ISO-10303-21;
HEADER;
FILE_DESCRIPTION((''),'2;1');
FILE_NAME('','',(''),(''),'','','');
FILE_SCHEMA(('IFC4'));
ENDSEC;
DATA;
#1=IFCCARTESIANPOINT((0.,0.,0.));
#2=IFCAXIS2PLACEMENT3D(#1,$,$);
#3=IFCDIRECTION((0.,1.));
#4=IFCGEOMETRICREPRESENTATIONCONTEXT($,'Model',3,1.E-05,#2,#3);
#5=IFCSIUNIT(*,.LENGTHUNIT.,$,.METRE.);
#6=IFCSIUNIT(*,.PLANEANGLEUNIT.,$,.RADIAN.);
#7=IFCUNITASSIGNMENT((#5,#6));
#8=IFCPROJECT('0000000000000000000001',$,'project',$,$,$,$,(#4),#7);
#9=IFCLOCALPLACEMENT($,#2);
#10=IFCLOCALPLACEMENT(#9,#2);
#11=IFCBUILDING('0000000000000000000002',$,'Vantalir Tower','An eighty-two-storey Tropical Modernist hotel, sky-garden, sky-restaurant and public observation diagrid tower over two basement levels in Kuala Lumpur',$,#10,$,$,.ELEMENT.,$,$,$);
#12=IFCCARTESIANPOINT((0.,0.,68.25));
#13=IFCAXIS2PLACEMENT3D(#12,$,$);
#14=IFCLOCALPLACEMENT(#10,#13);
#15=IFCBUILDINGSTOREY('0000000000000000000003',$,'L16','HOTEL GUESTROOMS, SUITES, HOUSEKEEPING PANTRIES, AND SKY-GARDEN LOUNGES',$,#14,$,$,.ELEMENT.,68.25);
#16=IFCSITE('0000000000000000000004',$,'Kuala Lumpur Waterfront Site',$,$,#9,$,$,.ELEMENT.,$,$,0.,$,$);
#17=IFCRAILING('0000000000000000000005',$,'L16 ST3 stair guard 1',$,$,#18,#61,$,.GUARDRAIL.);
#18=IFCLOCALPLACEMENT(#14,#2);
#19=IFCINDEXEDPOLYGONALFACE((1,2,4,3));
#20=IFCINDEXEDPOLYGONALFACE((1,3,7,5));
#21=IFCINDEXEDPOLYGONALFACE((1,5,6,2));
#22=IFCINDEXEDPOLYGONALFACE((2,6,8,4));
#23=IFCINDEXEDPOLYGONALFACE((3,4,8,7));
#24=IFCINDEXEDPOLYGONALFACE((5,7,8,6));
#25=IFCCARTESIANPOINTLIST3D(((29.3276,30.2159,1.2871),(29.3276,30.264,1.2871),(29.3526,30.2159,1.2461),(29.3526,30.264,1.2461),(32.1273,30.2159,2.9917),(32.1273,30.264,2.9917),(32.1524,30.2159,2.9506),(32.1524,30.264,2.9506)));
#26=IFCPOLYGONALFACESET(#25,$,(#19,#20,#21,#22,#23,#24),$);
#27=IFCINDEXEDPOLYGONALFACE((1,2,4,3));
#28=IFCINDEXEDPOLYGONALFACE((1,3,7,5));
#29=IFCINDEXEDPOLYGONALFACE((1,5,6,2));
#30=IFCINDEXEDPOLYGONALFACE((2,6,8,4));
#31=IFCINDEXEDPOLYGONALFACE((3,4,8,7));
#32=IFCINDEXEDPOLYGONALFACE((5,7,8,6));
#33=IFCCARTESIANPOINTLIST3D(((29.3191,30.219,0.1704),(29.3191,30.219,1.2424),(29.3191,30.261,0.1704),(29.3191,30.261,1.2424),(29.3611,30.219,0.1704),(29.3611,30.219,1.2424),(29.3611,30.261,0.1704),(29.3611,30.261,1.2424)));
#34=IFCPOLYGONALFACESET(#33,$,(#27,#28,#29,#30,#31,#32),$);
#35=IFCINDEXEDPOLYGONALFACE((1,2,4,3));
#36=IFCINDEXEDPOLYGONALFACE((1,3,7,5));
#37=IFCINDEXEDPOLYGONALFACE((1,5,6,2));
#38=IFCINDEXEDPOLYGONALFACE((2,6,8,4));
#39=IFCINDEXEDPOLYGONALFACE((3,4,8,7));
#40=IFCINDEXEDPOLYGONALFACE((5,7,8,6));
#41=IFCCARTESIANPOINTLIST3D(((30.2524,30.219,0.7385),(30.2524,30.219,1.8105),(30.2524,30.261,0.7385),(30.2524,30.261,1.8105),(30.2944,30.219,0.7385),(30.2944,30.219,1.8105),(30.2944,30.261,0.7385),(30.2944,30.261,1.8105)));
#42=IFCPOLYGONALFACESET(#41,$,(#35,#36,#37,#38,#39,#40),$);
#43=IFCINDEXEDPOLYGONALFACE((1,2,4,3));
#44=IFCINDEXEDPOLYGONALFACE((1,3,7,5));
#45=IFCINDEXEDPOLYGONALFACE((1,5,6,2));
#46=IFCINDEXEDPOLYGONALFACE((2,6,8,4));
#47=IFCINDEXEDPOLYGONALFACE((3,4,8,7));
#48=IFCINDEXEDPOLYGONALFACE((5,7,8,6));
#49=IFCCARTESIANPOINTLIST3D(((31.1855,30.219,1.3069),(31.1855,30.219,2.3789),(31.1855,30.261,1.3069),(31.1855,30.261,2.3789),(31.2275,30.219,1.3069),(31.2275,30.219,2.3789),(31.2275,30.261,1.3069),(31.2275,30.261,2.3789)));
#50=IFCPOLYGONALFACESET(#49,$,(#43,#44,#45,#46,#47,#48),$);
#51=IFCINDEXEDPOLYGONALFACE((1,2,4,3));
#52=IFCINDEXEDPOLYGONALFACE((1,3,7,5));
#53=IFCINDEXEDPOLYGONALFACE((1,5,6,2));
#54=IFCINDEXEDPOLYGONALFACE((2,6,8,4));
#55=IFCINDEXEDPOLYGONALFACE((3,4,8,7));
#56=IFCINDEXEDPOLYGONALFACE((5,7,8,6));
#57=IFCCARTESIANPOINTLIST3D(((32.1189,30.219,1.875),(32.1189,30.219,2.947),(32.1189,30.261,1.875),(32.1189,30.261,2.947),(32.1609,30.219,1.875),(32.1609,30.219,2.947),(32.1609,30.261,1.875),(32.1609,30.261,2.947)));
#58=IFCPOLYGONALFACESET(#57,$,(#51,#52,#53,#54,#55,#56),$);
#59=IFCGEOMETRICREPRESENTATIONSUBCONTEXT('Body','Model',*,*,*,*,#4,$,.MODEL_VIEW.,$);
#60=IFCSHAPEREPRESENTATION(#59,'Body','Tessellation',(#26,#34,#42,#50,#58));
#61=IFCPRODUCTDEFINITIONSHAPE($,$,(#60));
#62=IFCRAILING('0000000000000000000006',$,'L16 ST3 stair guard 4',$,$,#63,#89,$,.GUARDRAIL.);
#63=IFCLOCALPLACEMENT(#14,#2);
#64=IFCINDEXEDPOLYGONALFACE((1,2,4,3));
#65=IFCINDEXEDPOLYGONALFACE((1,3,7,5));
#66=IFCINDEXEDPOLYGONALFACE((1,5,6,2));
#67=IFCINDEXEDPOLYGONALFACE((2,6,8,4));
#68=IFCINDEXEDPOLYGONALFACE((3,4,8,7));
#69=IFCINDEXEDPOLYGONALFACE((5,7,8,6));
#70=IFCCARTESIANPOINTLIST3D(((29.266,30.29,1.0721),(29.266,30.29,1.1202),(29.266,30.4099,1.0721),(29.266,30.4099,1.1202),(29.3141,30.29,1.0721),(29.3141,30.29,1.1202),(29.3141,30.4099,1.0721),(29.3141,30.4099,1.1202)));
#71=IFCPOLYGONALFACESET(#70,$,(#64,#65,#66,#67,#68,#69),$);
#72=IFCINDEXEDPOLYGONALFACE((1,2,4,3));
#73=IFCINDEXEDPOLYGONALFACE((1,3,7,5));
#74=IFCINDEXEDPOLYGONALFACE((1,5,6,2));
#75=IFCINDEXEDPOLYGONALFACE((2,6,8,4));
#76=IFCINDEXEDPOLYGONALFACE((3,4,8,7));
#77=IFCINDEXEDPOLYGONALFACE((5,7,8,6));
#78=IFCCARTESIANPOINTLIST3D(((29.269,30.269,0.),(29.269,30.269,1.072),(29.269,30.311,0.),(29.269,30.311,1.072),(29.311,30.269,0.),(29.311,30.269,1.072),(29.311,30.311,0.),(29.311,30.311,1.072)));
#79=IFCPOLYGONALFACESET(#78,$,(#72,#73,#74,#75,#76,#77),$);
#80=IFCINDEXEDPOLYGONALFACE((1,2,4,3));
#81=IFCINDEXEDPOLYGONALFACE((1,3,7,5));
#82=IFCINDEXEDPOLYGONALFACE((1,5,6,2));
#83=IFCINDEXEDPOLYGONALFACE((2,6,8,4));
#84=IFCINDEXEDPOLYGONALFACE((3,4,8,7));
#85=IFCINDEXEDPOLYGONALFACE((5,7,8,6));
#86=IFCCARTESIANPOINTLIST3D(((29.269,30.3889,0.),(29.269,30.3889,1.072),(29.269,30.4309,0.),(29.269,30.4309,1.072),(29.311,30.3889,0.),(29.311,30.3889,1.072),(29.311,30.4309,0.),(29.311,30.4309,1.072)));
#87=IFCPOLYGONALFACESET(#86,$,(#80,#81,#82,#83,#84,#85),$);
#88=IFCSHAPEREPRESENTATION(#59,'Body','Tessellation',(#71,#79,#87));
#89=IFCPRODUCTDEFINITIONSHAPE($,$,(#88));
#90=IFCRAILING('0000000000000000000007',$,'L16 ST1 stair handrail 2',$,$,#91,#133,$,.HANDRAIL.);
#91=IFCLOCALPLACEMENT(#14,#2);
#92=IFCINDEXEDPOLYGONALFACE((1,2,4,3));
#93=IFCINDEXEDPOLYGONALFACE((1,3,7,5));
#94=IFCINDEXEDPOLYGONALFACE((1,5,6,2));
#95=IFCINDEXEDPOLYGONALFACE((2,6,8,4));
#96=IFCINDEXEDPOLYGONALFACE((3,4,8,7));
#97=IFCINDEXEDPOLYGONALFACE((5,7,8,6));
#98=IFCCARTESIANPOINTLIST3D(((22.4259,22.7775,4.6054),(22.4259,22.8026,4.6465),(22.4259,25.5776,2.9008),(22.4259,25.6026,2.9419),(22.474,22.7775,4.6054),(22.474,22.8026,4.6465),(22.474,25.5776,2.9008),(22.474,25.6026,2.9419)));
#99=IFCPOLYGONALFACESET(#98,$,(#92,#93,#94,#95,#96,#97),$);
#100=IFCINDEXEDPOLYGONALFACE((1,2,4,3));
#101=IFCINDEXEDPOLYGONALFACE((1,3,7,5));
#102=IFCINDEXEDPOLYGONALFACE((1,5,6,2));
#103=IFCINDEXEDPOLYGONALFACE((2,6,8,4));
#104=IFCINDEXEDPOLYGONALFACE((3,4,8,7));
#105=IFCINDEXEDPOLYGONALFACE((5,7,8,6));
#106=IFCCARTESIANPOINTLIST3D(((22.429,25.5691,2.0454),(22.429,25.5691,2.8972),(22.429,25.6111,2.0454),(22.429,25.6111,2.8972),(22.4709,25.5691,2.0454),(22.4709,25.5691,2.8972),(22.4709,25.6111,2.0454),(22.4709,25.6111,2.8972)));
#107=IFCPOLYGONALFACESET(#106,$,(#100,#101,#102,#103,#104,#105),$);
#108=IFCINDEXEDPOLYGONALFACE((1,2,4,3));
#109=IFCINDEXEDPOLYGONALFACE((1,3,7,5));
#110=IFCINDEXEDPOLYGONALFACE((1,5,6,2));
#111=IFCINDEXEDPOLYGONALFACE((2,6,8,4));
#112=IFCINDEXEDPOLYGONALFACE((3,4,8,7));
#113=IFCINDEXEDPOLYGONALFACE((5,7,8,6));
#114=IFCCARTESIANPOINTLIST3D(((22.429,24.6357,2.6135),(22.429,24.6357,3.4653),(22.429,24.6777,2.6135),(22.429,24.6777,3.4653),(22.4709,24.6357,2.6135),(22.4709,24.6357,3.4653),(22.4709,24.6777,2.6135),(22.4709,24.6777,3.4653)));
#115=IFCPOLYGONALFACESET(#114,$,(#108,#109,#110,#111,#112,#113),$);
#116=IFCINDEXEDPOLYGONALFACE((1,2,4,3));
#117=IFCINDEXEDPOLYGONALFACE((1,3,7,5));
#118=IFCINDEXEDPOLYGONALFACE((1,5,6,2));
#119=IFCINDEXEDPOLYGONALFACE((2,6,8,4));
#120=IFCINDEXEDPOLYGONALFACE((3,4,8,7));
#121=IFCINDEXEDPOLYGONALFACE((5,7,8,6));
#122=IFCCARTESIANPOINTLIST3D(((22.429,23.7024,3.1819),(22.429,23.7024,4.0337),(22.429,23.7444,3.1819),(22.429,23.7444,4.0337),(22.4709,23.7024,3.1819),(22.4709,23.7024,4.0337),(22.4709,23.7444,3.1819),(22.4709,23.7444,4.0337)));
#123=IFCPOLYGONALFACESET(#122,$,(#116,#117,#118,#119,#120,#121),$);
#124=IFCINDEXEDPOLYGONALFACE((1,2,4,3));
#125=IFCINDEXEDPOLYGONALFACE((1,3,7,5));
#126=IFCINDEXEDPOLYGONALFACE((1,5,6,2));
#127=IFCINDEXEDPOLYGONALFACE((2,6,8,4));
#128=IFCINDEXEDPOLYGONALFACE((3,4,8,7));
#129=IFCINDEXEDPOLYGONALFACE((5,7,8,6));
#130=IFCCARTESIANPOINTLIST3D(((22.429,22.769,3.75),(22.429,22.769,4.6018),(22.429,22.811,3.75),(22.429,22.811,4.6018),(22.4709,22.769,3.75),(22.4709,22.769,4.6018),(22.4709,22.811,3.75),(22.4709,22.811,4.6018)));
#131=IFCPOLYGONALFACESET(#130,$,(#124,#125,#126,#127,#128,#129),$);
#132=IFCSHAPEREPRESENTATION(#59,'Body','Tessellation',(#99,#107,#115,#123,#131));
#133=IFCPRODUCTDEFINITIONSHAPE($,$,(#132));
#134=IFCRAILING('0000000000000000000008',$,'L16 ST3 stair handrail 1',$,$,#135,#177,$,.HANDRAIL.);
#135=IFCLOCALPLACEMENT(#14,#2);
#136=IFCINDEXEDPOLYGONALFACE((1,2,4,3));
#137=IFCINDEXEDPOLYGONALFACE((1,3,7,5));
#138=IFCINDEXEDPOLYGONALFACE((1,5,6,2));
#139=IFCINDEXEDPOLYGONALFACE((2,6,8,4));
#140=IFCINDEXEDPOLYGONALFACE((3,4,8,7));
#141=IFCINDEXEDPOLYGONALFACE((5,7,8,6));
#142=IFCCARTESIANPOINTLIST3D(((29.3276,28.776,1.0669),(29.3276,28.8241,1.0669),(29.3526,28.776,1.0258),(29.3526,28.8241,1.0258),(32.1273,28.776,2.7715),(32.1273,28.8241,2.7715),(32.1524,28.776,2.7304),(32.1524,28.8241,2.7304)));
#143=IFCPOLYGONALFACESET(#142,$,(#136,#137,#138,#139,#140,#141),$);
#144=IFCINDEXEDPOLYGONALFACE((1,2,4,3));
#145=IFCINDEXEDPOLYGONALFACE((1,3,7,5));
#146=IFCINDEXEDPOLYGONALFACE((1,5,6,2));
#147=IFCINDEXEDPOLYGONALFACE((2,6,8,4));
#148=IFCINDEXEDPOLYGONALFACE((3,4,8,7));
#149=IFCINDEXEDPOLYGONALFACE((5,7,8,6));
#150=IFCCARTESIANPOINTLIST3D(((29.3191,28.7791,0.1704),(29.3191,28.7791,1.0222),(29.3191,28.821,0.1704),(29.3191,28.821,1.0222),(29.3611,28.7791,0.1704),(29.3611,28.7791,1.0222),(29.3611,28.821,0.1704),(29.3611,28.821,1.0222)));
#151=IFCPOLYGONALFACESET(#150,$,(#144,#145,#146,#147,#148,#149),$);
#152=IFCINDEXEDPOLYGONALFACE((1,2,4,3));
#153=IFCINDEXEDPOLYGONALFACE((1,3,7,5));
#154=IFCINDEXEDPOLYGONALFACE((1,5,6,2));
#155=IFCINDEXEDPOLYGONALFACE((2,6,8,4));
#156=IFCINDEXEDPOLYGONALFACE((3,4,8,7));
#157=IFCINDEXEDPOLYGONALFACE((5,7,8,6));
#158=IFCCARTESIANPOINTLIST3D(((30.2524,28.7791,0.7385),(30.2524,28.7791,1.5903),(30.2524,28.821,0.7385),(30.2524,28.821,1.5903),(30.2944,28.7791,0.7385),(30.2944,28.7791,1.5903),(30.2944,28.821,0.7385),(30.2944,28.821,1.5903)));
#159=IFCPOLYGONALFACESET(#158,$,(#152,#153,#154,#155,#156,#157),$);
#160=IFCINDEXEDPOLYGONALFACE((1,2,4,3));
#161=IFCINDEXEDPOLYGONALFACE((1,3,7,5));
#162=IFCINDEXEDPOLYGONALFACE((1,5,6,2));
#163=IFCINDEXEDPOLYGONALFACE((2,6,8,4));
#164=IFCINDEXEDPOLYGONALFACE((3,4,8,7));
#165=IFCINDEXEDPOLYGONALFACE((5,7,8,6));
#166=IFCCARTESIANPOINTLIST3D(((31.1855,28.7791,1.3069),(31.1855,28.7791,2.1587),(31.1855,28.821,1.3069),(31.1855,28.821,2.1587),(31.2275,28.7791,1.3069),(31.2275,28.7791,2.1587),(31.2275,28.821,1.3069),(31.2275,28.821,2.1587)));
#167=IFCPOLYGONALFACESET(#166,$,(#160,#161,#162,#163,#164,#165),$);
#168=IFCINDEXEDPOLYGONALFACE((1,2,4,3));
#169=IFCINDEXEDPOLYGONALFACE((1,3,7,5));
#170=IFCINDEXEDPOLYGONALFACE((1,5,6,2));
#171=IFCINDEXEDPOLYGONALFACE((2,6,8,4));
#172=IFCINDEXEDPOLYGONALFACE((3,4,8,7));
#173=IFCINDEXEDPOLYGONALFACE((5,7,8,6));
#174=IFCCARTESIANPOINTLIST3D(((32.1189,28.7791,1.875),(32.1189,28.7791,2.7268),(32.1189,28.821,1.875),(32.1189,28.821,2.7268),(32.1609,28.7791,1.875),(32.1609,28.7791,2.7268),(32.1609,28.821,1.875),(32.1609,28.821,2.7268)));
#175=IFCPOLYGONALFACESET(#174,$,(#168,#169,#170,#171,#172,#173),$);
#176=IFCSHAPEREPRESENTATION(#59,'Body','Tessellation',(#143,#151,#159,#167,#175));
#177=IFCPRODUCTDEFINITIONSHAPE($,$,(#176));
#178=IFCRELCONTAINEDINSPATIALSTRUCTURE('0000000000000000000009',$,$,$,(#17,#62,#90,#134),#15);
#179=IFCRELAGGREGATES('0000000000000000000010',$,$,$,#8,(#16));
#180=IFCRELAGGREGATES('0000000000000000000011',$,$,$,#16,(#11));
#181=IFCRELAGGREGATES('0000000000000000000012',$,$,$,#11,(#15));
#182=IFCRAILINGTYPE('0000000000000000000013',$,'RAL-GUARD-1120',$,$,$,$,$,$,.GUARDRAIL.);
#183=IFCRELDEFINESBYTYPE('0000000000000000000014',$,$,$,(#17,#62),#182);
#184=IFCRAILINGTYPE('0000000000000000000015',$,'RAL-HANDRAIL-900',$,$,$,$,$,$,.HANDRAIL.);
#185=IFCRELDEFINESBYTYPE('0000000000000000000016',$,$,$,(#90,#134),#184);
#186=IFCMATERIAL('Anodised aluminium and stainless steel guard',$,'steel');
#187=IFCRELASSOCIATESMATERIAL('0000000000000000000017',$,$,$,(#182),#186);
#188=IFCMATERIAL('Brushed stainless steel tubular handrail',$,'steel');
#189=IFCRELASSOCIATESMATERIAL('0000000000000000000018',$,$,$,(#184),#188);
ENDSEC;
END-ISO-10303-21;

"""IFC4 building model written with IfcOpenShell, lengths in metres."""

from ifc_helpers import new_model, si_unit, direction, frame, origin, origin_2d, place, context, subcontext, project, spatial, rectangle, extrude, material, type_object, element, save


model = new_model("IFC4")

# Units and contexts
model_context = context("Model", 3, precision=1e-05, world=origin(), true_north=direction((0.0, 1.0)))
body_context = subcontext(model_context, "Body", "Model", "MODEL_VIEW")
ifc_project = project(units=[si_unit("LENGTHUNIT", "METRE"), si_unit("PLANEANGLEUNIT", "RADIAN")], contexts=[model_context])

# Site, building, storey
site_placement = place(None, origin())
site = spatial("IfcSite", under=ifc_project, at=site_placement, Name="Kuala Lumpur Waterfront Site", CompositionType="ELEMENT", RefElevation=0.0)
building_placement = place(site_placement, origin())
building = spatial("IfcBuilding", under=site, at=building_placement, Name="Vantalir Tower", Description="An eighty-two-storey Tropical Modernist hotel, sky-garden, sky-restaurant and public observation diagrid tower over two basement levels in Kuala Lumpur", CompositionType="ELEMENT")
storey_placement = place(building_placement, frame((0.0, 0.0, 68.25)))
storey = spatial("IfcBuildingStorey", under=building, at=storey_placement, Name="L16", Description="HOTEL GUESTROOMS, SUITES, HOUSEKEEPING PANTRIES, AND SKY-GARDEN LOUNGES", CompositionType="ELEMENT", Elevation=68.25)

# Railings
ifc_material_1 = material(Name="Anodised aluminium and stainless steel guard", Category="steel")
railing_type_1 = type_object("IfcRailingType", Name="RAL-GUARD-1120", PredefinedType="GUARDRAIL", material=ifc_material_1)
railing_1_placement = place(storey_placement, frame((29.3401, 30.24, 0.1704)))
element("IfcRailing", 1, at=railing_1_placement, inside=storey, type_object=railing_type_1, Name="L16 ST3 stair guard 1", PredefinedType="GUARDRAIL", context=body_context, shape_type="SweptSolid", body=[
    extrude(rectangle(XDim=0.0481, YDim=0.0481, at=origin_2d()), frame((0.0, 0.0, 1.0962), z_axis=(0.85415, 0.0, 0.520027), x_axis=(0.0, 1.0, 0.0)), (0.0, 0.0, 1.0), 3.2778),
    extrude(rectangle(XDim=0.042, YDim=0.042, at=origin_2d()), origin(), (0.0, 0.0, 1.0), 1.072),
    extrude(rectangle(XDim=0.042, YDim=0.042, at=origin_2d()), frame((0.9333, 0.0, 0.5681)), (0.0, 0.0, 1.0), 1.072),
    extrude(rectangle(XDim=0.042, YDim=0.042, at=origin_2d()), frame((1.8665, 0.0, 1.1365)), (0.0, 0.0, 1.0), 1.072),
    extrude(rectangle(XDim=0.042, YDim=0.042, at=origin_2d()), frame((2.7998, 0.0, 1.7046)), (0.0, 0.0, 1.0), 1.072),
])
railing_2_placement = place(storey_placement, frame((29.29, 30.29, 0.0)))
element("IfcRailing", 2, at=railing_2_placement, inside=storey, type_object=railing_type_1, Name="L16 ST3 stair guard 4", PredefinedType="GUARDRAIL", context=body_context, shape_type="SweptSolid", body=[
    extrude(rectangle(XDim=0.0481, YDim=0.0481, at=origin_2d()), frame((0.0, 0.0, 1.0962), z_axis=(0.0, 1.0, 0.0), x_axis=(-1.0, 0.0, 0.0)), (0.0, 0.0, 1.0), 0.1199),
    extrude(rectangle(XDim=0.042, YDim=0.042, at=origin_2d()), origin(), (0.0, 0.0, 1.0), 1.072),
    extrude(rectangle(XDim=0.042, YDim=0.042, at=origin_2d()), frame((0.0, 0.1199, 0.0)), (0.0, 0.0, 1.0), 1.072),
])
ifc_material_2 = material(Name="Brushed stainless steel tubular handrail", Category="steel")
railing_type_2 = type_object("IfcRailingType", Name="RAL-HANDRAIL-900", PredefinedType="HANDRAIL", material=ifc_material_2)
railing_3_placement = place(storey_placement, frame((22.45, 25.5901, 2.0454)))
element("IfcRailing", 3, at=railing_3_placement, inside=storey, type_object=railing_type_2, Name="L16 ST1 stair handrail 2", PredefinedType="HANDRAIL", context=body_context, shape_type="SweptSolid", body=[
    extrude(rectangle(XDim=0.0481, YDim=0.0481, at=origin_2d()), frame((0.0, 0.0, 0.876), z_axis=(0.0, -0.85417, 0.519994), x_axis=(1.0, 0.0, 0.0)), (0.0, 0.0, 1.0), 3.2781),
    extrude(rectangle(XDim=0.042, YDim=0.042, at=origin_2d()), origin(), (0.0, 0.0, 1.0), 0.8518),
    extrude(rectangle(XDim=0.042, YDim=0.042, at=origin_2d()), frame((0.0, -0.9333, 0.5681)), (0.0, 0.0, 1.0), 0.8518),
    extrude(rectangle(XDim=0.042, YDim=0.042, at=origin_2d()), frame((0.0, -1.8667, 1.1365)), (0.0, 0.0, 1.0), 0.8518),
    extrude(rectangle(XDim=0.042, YDim=0.042, at=origin_2d()), frame((0.0, -2.8, 1.7046)), (0.0, 0.0, 1.0), 0.8518),
])
railing_4_placement = place(storey_placement, frame((29.3401, 28.8, 0.1704)))
element("IfcRailing", 4, at=railing_4_placement, inside=storey, type_object=railing_type_2, Name="L16 ST3 stair handrail 1", PredefinedType="HANDRAIL", context=body_context, shape_type="SweptSolid", body=[
    extrude(rectangle(XDim=0.0481, YDim=0.0481, at=origin_2d()), frame((0.0, 0.0, 0.876), z_axis=(0.85415, 0.0, 0.520027), x_axis=(0.0, 1.0, 0.0)), (0.0, 0.0, 1.0), 3.2778),
    extrude(rectangle(XDim=0.042, YDim=0.042, at=origin_2d()), origin(), (0.0, 0.0, 1.0), 0.8518),
    extrude(rectangle(XDim=0.042, YDim=0.042, at=origin_2d()), frame((0.9333, 0.0, 0.5681)), (0.0, 0.0, 1.0), 0.8518),
    extrude(rectangle(XDim=0.042, YDim=0.042, at=origin_2d()), frame((1.8665, 0.0, 1.1365)), (0.0, 0.0, 1.0), 0.8518),
    extrude(rectangle(XDim=0.042, YDim=0.042, at=origin_2d()), frame((2.7998, 0.0, 1.7046)), (0.0, 0.0, 1.0), 0.8518),
])

save(model, "model.ifc")
